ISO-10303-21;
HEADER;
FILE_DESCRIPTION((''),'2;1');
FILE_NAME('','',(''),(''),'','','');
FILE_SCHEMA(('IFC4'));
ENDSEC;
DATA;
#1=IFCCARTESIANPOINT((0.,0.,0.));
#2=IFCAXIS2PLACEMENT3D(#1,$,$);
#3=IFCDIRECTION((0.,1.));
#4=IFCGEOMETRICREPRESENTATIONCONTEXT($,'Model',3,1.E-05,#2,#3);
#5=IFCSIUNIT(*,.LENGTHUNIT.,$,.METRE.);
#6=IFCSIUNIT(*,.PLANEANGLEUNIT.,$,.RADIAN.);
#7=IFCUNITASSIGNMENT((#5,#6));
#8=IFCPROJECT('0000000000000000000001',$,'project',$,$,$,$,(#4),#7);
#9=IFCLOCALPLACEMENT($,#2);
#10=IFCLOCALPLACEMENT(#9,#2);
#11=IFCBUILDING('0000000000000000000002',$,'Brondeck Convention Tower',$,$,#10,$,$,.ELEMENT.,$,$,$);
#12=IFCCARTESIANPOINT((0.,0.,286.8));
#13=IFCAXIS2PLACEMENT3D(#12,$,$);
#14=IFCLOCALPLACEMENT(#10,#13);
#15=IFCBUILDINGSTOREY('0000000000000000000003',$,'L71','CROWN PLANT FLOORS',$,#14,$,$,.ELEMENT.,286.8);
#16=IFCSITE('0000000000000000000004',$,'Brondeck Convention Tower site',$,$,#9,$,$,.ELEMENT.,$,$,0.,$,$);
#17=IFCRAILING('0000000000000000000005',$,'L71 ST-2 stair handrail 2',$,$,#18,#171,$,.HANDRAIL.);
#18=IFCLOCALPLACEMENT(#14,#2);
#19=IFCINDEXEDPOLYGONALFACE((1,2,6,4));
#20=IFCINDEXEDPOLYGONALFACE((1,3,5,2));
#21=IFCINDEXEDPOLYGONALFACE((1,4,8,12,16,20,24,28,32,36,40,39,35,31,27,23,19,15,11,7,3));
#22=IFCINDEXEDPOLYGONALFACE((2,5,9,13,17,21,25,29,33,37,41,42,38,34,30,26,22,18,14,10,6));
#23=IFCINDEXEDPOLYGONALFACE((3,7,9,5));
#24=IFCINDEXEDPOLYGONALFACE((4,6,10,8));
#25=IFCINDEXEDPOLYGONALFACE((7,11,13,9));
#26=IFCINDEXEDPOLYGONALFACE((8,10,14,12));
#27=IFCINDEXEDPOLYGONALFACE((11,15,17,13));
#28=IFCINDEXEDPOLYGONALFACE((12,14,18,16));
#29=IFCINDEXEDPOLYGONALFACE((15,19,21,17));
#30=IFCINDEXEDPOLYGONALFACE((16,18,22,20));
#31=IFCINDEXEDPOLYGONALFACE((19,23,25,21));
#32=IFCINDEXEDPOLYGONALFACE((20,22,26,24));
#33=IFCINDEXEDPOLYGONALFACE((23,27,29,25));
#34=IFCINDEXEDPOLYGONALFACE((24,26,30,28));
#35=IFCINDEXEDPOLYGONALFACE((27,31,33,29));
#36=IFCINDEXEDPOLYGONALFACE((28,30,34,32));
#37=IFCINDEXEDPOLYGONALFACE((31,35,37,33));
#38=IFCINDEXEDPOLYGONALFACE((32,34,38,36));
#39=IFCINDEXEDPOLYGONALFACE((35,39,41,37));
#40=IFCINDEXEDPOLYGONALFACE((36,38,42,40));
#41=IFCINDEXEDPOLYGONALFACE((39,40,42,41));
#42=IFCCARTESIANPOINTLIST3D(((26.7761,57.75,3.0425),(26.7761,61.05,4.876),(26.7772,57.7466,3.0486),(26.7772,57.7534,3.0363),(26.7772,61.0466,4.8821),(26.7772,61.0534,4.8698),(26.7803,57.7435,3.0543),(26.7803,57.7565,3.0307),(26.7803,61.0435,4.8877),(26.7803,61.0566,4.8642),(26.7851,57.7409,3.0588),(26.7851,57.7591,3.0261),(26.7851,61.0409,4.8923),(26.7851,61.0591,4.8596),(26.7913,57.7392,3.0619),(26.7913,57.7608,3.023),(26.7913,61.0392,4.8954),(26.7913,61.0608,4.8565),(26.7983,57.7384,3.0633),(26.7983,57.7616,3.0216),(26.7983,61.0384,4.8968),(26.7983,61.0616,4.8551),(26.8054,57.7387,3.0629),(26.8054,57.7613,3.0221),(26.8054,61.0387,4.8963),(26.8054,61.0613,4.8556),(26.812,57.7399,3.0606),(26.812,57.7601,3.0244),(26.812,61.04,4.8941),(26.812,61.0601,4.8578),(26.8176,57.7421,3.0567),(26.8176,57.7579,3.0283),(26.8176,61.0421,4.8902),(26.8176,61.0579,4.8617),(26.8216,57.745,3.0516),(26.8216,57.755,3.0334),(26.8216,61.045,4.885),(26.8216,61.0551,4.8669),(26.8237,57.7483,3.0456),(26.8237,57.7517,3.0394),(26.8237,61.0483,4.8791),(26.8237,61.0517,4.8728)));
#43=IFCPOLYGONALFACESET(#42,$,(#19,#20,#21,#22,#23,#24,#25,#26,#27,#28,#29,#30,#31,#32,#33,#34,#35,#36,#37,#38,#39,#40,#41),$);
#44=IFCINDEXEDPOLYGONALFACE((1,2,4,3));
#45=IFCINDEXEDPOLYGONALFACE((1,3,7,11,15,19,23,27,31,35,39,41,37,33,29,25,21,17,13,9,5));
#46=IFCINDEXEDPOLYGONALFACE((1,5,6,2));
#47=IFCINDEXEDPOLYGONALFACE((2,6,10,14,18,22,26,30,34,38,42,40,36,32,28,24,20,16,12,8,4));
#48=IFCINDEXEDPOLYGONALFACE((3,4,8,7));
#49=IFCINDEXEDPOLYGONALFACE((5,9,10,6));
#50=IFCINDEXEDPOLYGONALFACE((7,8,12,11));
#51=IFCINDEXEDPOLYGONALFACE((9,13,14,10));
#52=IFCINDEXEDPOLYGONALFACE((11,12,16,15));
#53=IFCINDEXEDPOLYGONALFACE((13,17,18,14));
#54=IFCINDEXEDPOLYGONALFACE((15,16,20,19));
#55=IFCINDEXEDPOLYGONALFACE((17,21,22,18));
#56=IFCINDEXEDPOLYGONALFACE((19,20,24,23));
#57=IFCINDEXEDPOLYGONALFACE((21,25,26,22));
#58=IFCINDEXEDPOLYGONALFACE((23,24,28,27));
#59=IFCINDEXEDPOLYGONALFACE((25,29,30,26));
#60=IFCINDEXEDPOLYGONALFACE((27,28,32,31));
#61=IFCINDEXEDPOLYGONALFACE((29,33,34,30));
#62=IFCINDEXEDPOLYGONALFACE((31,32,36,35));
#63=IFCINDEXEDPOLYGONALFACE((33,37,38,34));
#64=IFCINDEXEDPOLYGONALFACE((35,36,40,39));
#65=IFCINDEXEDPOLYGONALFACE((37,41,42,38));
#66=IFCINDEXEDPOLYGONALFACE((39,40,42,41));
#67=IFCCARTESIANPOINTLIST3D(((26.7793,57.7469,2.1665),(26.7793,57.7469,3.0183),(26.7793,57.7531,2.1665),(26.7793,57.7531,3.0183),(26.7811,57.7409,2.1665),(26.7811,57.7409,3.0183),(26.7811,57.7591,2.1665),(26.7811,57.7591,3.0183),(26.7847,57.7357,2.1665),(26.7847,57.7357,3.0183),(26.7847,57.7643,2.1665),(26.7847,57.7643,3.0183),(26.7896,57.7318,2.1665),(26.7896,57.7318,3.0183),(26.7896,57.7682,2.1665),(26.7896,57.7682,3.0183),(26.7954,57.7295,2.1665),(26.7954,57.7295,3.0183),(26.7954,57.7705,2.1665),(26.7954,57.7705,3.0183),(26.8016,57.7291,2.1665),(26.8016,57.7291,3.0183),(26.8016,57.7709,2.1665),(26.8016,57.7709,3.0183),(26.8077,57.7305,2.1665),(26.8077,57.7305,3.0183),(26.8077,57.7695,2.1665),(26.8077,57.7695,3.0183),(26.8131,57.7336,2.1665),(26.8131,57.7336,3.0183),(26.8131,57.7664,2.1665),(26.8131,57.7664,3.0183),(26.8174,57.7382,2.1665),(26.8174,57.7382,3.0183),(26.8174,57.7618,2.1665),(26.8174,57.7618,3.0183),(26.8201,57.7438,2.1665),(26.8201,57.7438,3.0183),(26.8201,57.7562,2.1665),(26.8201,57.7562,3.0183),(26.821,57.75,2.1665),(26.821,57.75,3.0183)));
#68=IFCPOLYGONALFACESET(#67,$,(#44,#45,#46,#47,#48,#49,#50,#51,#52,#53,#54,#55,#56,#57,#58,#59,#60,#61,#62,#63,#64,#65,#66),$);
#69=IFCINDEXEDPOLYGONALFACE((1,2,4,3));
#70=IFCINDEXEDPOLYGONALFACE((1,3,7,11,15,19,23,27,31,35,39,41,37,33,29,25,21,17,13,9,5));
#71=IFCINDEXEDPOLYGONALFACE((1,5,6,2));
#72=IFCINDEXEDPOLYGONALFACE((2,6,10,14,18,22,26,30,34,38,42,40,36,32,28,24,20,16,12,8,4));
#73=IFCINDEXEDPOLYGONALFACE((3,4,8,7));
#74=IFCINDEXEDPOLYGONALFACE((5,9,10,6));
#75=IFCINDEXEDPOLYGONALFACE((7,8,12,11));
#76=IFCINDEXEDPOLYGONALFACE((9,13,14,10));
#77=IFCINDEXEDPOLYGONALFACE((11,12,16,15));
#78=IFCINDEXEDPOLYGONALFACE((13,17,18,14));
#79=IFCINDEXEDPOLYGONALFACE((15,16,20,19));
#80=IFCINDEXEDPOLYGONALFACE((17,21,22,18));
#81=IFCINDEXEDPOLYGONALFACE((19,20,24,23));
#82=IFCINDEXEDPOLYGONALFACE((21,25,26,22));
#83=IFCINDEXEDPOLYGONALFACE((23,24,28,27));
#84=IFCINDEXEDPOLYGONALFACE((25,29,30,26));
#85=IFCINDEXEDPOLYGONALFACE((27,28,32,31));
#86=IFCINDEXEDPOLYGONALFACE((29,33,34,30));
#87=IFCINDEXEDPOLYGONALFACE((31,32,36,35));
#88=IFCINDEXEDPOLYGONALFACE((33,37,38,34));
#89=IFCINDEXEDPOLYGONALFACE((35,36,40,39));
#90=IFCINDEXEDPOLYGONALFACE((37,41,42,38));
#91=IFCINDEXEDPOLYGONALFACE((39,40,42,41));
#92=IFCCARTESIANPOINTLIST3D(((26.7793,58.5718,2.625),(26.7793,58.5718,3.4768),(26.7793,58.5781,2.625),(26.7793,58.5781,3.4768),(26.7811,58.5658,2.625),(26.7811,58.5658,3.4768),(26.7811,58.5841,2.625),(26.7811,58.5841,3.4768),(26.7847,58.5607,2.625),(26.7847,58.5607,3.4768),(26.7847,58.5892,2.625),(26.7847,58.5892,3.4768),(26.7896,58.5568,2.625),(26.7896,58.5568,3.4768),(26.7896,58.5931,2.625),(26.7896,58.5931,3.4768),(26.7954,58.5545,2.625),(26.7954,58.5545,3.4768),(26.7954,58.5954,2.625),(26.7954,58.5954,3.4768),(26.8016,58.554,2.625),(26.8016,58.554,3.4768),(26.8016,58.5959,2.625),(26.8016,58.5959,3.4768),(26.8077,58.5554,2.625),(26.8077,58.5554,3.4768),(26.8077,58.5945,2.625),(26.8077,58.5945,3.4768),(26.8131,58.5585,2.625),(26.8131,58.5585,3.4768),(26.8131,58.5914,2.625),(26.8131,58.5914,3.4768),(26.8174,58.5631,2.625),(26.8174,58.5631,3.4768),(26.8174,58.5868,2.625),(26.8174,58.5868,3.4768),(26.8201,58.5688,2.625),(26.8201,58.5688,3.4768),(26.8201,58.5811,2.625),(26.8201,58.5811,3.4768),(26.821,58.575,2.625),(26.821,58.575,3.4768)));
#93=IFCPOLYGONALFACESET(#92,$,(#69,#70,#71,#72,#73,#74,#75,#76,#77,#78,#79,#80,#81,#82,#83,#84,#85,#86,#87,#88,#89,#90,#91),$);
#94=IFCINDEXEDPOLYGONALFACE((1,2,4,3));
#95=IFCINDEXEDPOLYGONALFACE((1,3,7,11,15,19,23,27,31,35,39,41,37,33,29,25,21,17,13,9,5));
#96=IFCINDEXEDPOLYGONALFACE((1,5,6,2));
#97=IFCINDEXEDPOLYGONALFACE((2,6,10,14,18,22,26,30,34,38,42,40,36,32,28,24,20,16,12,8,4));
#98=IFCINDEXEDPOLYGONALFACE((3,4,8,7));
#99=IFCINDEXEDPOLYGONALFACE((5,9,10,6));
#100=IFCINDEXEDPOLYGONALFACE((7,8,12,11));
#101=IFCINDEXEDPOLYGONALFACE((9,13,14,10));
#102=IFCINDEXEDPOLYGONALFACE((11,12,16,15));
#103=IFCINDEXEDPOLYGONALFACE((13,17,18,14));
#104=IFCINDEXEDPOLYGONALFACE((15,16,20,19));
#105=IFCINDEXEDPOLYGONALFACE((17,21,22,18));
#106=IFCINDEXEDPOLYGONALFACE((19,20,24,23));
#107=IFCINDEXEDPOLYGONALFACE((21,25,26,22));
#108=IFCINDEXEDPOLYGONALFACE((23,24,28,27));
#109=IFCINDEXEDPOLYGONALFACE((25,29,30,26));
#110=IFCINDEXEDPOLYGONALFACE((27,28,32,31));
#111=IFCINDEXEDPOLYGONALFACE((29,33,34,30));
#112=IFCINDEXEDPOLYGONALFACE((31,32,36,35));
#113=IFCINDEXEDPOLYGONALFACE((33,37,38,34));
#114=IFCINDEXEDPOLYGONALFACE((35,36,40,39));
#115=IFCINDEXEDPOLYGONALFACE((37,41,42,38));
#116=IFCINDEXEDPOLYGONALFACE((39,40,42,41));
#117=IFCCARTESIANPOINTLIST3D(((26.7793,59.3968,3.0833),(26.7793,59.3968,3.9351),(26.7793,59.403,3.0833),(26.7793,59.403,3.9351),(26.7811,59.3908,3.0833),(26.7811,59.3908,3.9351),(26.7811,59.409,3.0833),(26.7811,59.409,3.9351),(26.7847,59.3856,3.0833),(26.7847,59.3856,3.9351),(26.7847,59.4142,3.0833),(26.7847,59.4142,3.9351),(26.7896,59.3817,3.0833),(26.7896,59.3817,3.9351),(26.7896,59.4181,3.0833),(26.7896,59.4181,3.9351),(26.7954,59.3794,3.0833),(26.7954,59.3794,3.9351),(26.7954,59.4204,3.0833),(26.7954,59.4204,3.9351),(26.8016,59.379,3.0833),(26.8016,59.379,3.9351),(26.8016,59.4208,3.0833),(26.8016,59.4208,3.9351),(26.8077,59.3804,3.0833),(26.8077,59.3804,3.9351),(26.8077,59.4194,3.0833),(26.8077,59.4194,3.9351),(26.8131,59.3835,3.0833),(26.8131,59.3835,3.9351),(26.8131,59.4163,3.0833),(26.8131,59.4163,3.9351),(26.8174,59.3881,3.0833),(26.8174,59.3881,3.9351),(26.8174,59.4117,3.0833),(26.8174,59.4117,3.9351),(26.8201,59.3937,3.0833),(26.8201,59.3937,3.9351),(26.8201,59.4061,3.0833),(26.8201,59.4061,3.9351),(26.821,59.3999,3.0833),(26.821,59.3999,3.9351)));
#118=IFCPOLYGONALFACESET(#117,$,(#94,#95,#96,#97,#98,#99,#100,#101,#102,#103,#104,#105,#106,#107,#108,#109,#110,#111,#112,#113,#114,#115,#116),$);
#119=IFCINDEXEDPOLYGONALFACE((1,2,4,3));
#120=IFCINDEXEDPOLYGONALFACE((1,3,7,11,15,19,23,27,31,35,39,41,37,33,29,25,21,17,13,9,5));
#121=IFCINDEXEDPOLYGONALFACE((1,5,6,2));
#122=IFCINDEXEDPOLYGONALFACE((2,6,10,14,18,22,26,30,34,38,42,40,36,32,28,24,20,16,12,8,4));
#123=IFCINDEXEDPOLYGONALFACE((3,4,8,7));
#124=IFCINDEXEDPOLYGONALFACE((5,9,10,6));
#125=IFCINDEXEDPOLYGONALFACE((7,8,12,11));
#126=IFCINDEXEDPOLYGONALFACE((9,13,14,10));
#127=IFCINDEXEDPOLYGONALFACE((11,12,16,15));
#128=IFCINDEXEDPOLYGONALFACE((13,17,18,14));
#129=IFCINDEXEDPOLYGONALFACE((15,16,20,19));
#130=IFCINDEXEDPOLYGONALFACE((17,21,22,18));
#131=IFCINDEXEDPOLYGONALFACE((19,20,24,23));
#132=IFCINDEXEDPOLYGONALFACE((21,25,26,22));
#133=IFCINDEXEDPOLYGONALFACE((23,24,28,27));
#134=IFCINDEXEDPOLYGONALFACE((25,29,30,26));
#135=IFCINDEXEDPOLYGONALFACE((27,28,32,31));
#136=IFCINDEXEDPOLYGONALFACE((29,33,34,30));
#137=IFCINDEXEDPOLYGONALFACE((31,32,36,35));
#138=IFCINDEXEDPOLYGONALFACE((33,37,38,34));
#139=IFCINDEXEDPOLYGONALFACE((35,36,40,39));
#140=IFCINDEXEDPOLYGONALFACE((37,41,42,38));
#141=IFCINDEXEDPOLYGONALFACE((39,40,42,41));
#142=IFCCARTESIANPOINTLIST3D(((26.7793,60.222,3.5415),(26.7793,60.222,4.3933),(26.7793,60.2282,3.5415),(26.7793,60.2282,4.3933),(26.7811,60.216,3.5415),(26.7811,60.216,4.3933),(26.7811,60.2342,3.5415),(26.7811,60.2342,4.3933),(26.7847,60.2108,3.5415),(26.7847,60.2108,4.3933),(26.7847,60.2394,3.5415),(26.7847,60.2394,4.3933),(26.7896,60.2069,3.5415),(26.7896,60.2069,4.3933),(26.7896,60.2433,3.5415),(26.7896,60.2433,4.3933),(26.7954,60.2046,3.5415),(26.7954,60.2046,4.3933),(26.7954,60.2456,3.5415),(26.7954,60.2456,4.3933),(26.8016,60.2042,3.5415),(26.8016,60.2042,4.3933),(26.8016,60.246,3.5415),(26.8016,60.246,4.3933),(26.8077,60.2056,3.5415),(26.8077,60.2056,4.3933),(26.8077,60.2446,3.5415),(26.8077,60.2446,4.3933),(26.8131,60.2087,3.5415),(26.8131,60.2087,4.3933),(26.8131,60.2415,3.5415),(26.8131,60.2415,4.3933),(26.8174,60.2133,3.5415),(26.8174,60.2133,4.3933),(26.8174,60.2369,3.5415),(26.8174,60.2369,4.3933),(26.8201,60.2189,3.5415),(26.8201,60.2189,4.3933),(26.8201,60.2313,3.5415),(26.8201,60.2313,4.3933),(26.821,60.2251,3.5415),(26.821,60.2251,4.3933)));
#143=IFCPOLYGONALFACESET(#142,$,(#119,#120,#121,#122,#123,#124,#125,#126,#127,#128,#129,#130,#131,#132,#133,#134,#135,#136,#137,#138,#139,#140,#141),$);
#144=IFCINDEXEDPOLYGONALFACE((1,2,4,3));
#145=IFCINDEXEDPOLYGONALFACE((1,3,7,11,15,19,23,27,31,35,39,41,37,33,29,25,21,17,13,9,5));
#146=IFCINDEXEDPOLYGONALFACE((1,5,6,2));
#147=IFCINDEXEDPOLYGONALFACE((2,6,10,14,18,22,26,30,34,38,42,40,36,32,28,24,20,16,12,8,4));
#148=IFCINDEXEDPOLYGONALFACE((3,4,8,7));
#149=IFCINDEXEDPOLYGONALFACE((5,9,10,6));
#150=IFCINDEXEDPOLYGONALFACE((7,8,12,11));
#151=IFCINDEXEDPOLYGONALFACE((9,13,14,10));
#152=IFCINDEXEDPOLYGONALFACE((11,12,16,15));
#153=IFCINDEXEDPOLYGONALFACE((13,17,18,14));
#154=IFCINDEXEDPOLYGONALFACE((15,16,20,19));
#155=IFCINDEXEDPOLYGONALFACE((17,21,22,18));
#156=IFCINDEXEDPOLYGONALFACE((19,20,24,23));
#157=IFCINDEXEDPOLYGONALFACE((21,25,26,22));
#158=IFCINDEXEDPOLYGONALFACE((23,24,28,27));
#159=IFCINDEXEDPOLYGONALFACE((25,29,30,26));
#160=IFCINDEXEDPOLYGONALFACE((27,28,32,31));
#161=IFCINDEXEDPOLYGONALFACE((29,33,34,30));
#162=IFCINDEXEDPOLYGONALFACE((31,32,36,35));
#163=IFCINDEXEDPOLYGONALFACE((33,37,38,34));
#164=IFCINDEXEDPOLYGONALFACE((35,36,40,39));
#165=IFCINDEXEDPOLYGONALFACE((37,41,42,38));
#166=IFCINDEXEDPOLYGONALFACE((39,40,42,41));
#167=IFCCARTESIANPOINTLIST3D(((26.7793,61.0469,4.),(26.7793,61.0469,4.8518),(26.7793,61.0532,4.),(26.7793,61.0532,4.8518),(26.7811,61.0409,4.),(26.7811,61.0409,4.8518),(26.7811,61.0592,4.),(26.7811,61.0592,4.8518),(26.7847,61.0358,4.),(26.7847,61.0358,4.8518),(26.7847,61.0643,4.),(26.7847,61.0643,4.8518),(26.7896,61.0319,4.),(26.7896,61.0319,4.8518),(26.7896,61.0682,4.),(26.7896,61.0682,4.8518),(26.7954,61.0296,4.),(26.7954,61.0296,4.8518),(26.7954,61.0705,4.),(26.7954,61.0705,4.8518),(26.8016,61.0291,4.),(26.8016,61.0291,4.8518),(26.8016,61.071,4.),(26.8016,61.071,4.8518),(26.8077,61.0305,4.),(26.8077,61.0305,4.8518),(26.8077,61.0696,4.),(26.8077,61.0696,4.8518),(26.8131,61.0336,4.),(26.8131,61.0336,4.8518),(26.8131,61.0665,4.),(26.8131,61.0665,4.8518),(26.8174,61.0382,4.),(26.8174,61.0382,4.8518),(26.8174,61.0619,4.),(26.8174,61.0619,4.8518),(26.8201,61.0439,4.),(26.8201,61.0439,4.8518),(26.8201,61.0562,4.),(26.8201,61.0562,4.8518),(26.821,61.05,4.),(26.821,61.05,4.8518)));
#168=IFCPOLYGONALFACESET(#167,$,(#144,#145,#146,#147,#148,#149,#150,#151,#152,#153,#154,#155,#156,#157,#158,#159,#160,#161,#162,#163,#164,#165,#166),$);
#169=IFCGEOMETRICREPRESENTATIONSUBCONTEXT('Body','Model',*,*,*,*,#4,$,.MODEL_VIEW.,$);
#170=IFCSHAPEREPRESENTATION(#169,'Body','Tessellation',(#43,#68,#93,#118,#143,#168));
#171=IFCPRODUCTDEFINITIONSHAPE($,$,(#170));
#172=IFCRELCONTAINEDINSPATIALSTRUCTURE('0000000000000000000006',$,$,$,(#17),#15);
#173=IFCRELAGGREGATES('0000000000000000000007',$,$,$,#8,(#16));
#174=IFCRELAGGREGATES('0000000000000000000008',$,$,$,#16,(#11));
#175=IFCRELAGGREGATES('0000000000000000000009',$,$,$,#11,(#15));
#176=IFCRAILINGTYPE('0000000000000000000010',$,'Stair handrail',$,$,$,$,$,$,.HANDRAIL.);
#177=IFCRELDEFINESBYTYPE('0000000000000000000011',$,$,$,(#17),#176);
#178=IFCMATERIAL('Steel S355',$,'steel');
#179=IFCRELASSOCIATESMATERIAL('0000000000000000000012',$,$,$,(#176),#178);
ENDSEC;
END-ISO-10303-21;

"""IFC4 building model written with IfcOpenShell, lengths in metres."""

from ifc_helpers import new_model, si_unit, direction, frame, origin, origin_2d, place, context, subcontext, project, spatial, circle, extrude, material, type_object, element, save


model = new_model("IFC4")

# Units and contexts
model_context = context("Model", 3, precision=1e-05, world=origin(), true_north=direction((0.0, 1.0)))
body_context = subcontext(model_context, "Body", "Model", "MODEL_VIEW")
ifc_project = project(units=[si_unit("LENGTHUNIT", "METRE"), si_unit("PLANEANGLEUNIT", "RADIAN")], contexts=[model_context])

# Site, building, storey
site_placement = place(None, origin())
site = spatial("IfcSite", under=ifc_project, at=site_placement, Name="Brondeck Convention Tower site", CompositionType="ELEMENT", RefElevation=0.0)
building_placement = place(site_placement, origin())
building = spatial("IfcBuilding", under=site, at=building_placement, Name="Brondeck Convention Tower", CompositionType="ELEMENT")
storey_placement = place(building_placement, frame((0.0, 0.0, 286.8)))
storey = spatial("IfcBuildingStorey", under=building, at=storey_placement, Name="L71", Description="CROWN PLANT FLOORS", CompositionType="ELEMENT", Elevation=286.8)

# Railing
ifc_material_1 = material(Name="Steel S355", Category="steel")
railing_type = type_object("IfcRailingType", Name="Stair handrail", PredefinedType="HANDRAIL", material=ifc_material_1)
railing_placement = place(storey_placement, frame((26.8, 57.75, 2.1665)))
element("IfcRailing", 1, at=railing_placement, inside=storey, type_object=railing_type, Name="L71 ST-2 stair handrail 2", PredefinedType="HANDRAIL", context=body_context, shape_type="SweptSolid", body=[
    extrude(circle(Radius=0.0239, at=origin_2d()), frame((0.0, 0.0, 0.876), z_axis=(0.0, 0.874142, 0.48567), x_axis=(-1.0, 0.0, 0.0)), (0.0, 0.0, 1.0), 3.7751),
    extrude(circle(Radius=0.021, at=origin_2d()), origin(), (0.0, 0.0, 1.0), 0.8518),
    extrude(circle(Radius=0.021, at=origin_2d()), frame((0.0, 0.825, 0.4585)), (0.0, 0.0, 1.0), 0.8518),
    extrude(circle(Radius=0.021, at=origin_2d()), frame((0.0, 1.6499, 0.9167)), (0.0, 0.0, 1.0), 0.8518),
    extrude(circle(Radius=0.021, at=origin_2d()), frame((0.0, 2.4751, 1.375)), (0.0, 0.0, 1.0), 0.8518),
    extrude(circle(Radius=0.021, at=origin_2d()), frame((0.0, 3.3, 1.8335)), (0.0, 0.0, 1.0), 0.8518),
])

save(model, "model.ifc")
